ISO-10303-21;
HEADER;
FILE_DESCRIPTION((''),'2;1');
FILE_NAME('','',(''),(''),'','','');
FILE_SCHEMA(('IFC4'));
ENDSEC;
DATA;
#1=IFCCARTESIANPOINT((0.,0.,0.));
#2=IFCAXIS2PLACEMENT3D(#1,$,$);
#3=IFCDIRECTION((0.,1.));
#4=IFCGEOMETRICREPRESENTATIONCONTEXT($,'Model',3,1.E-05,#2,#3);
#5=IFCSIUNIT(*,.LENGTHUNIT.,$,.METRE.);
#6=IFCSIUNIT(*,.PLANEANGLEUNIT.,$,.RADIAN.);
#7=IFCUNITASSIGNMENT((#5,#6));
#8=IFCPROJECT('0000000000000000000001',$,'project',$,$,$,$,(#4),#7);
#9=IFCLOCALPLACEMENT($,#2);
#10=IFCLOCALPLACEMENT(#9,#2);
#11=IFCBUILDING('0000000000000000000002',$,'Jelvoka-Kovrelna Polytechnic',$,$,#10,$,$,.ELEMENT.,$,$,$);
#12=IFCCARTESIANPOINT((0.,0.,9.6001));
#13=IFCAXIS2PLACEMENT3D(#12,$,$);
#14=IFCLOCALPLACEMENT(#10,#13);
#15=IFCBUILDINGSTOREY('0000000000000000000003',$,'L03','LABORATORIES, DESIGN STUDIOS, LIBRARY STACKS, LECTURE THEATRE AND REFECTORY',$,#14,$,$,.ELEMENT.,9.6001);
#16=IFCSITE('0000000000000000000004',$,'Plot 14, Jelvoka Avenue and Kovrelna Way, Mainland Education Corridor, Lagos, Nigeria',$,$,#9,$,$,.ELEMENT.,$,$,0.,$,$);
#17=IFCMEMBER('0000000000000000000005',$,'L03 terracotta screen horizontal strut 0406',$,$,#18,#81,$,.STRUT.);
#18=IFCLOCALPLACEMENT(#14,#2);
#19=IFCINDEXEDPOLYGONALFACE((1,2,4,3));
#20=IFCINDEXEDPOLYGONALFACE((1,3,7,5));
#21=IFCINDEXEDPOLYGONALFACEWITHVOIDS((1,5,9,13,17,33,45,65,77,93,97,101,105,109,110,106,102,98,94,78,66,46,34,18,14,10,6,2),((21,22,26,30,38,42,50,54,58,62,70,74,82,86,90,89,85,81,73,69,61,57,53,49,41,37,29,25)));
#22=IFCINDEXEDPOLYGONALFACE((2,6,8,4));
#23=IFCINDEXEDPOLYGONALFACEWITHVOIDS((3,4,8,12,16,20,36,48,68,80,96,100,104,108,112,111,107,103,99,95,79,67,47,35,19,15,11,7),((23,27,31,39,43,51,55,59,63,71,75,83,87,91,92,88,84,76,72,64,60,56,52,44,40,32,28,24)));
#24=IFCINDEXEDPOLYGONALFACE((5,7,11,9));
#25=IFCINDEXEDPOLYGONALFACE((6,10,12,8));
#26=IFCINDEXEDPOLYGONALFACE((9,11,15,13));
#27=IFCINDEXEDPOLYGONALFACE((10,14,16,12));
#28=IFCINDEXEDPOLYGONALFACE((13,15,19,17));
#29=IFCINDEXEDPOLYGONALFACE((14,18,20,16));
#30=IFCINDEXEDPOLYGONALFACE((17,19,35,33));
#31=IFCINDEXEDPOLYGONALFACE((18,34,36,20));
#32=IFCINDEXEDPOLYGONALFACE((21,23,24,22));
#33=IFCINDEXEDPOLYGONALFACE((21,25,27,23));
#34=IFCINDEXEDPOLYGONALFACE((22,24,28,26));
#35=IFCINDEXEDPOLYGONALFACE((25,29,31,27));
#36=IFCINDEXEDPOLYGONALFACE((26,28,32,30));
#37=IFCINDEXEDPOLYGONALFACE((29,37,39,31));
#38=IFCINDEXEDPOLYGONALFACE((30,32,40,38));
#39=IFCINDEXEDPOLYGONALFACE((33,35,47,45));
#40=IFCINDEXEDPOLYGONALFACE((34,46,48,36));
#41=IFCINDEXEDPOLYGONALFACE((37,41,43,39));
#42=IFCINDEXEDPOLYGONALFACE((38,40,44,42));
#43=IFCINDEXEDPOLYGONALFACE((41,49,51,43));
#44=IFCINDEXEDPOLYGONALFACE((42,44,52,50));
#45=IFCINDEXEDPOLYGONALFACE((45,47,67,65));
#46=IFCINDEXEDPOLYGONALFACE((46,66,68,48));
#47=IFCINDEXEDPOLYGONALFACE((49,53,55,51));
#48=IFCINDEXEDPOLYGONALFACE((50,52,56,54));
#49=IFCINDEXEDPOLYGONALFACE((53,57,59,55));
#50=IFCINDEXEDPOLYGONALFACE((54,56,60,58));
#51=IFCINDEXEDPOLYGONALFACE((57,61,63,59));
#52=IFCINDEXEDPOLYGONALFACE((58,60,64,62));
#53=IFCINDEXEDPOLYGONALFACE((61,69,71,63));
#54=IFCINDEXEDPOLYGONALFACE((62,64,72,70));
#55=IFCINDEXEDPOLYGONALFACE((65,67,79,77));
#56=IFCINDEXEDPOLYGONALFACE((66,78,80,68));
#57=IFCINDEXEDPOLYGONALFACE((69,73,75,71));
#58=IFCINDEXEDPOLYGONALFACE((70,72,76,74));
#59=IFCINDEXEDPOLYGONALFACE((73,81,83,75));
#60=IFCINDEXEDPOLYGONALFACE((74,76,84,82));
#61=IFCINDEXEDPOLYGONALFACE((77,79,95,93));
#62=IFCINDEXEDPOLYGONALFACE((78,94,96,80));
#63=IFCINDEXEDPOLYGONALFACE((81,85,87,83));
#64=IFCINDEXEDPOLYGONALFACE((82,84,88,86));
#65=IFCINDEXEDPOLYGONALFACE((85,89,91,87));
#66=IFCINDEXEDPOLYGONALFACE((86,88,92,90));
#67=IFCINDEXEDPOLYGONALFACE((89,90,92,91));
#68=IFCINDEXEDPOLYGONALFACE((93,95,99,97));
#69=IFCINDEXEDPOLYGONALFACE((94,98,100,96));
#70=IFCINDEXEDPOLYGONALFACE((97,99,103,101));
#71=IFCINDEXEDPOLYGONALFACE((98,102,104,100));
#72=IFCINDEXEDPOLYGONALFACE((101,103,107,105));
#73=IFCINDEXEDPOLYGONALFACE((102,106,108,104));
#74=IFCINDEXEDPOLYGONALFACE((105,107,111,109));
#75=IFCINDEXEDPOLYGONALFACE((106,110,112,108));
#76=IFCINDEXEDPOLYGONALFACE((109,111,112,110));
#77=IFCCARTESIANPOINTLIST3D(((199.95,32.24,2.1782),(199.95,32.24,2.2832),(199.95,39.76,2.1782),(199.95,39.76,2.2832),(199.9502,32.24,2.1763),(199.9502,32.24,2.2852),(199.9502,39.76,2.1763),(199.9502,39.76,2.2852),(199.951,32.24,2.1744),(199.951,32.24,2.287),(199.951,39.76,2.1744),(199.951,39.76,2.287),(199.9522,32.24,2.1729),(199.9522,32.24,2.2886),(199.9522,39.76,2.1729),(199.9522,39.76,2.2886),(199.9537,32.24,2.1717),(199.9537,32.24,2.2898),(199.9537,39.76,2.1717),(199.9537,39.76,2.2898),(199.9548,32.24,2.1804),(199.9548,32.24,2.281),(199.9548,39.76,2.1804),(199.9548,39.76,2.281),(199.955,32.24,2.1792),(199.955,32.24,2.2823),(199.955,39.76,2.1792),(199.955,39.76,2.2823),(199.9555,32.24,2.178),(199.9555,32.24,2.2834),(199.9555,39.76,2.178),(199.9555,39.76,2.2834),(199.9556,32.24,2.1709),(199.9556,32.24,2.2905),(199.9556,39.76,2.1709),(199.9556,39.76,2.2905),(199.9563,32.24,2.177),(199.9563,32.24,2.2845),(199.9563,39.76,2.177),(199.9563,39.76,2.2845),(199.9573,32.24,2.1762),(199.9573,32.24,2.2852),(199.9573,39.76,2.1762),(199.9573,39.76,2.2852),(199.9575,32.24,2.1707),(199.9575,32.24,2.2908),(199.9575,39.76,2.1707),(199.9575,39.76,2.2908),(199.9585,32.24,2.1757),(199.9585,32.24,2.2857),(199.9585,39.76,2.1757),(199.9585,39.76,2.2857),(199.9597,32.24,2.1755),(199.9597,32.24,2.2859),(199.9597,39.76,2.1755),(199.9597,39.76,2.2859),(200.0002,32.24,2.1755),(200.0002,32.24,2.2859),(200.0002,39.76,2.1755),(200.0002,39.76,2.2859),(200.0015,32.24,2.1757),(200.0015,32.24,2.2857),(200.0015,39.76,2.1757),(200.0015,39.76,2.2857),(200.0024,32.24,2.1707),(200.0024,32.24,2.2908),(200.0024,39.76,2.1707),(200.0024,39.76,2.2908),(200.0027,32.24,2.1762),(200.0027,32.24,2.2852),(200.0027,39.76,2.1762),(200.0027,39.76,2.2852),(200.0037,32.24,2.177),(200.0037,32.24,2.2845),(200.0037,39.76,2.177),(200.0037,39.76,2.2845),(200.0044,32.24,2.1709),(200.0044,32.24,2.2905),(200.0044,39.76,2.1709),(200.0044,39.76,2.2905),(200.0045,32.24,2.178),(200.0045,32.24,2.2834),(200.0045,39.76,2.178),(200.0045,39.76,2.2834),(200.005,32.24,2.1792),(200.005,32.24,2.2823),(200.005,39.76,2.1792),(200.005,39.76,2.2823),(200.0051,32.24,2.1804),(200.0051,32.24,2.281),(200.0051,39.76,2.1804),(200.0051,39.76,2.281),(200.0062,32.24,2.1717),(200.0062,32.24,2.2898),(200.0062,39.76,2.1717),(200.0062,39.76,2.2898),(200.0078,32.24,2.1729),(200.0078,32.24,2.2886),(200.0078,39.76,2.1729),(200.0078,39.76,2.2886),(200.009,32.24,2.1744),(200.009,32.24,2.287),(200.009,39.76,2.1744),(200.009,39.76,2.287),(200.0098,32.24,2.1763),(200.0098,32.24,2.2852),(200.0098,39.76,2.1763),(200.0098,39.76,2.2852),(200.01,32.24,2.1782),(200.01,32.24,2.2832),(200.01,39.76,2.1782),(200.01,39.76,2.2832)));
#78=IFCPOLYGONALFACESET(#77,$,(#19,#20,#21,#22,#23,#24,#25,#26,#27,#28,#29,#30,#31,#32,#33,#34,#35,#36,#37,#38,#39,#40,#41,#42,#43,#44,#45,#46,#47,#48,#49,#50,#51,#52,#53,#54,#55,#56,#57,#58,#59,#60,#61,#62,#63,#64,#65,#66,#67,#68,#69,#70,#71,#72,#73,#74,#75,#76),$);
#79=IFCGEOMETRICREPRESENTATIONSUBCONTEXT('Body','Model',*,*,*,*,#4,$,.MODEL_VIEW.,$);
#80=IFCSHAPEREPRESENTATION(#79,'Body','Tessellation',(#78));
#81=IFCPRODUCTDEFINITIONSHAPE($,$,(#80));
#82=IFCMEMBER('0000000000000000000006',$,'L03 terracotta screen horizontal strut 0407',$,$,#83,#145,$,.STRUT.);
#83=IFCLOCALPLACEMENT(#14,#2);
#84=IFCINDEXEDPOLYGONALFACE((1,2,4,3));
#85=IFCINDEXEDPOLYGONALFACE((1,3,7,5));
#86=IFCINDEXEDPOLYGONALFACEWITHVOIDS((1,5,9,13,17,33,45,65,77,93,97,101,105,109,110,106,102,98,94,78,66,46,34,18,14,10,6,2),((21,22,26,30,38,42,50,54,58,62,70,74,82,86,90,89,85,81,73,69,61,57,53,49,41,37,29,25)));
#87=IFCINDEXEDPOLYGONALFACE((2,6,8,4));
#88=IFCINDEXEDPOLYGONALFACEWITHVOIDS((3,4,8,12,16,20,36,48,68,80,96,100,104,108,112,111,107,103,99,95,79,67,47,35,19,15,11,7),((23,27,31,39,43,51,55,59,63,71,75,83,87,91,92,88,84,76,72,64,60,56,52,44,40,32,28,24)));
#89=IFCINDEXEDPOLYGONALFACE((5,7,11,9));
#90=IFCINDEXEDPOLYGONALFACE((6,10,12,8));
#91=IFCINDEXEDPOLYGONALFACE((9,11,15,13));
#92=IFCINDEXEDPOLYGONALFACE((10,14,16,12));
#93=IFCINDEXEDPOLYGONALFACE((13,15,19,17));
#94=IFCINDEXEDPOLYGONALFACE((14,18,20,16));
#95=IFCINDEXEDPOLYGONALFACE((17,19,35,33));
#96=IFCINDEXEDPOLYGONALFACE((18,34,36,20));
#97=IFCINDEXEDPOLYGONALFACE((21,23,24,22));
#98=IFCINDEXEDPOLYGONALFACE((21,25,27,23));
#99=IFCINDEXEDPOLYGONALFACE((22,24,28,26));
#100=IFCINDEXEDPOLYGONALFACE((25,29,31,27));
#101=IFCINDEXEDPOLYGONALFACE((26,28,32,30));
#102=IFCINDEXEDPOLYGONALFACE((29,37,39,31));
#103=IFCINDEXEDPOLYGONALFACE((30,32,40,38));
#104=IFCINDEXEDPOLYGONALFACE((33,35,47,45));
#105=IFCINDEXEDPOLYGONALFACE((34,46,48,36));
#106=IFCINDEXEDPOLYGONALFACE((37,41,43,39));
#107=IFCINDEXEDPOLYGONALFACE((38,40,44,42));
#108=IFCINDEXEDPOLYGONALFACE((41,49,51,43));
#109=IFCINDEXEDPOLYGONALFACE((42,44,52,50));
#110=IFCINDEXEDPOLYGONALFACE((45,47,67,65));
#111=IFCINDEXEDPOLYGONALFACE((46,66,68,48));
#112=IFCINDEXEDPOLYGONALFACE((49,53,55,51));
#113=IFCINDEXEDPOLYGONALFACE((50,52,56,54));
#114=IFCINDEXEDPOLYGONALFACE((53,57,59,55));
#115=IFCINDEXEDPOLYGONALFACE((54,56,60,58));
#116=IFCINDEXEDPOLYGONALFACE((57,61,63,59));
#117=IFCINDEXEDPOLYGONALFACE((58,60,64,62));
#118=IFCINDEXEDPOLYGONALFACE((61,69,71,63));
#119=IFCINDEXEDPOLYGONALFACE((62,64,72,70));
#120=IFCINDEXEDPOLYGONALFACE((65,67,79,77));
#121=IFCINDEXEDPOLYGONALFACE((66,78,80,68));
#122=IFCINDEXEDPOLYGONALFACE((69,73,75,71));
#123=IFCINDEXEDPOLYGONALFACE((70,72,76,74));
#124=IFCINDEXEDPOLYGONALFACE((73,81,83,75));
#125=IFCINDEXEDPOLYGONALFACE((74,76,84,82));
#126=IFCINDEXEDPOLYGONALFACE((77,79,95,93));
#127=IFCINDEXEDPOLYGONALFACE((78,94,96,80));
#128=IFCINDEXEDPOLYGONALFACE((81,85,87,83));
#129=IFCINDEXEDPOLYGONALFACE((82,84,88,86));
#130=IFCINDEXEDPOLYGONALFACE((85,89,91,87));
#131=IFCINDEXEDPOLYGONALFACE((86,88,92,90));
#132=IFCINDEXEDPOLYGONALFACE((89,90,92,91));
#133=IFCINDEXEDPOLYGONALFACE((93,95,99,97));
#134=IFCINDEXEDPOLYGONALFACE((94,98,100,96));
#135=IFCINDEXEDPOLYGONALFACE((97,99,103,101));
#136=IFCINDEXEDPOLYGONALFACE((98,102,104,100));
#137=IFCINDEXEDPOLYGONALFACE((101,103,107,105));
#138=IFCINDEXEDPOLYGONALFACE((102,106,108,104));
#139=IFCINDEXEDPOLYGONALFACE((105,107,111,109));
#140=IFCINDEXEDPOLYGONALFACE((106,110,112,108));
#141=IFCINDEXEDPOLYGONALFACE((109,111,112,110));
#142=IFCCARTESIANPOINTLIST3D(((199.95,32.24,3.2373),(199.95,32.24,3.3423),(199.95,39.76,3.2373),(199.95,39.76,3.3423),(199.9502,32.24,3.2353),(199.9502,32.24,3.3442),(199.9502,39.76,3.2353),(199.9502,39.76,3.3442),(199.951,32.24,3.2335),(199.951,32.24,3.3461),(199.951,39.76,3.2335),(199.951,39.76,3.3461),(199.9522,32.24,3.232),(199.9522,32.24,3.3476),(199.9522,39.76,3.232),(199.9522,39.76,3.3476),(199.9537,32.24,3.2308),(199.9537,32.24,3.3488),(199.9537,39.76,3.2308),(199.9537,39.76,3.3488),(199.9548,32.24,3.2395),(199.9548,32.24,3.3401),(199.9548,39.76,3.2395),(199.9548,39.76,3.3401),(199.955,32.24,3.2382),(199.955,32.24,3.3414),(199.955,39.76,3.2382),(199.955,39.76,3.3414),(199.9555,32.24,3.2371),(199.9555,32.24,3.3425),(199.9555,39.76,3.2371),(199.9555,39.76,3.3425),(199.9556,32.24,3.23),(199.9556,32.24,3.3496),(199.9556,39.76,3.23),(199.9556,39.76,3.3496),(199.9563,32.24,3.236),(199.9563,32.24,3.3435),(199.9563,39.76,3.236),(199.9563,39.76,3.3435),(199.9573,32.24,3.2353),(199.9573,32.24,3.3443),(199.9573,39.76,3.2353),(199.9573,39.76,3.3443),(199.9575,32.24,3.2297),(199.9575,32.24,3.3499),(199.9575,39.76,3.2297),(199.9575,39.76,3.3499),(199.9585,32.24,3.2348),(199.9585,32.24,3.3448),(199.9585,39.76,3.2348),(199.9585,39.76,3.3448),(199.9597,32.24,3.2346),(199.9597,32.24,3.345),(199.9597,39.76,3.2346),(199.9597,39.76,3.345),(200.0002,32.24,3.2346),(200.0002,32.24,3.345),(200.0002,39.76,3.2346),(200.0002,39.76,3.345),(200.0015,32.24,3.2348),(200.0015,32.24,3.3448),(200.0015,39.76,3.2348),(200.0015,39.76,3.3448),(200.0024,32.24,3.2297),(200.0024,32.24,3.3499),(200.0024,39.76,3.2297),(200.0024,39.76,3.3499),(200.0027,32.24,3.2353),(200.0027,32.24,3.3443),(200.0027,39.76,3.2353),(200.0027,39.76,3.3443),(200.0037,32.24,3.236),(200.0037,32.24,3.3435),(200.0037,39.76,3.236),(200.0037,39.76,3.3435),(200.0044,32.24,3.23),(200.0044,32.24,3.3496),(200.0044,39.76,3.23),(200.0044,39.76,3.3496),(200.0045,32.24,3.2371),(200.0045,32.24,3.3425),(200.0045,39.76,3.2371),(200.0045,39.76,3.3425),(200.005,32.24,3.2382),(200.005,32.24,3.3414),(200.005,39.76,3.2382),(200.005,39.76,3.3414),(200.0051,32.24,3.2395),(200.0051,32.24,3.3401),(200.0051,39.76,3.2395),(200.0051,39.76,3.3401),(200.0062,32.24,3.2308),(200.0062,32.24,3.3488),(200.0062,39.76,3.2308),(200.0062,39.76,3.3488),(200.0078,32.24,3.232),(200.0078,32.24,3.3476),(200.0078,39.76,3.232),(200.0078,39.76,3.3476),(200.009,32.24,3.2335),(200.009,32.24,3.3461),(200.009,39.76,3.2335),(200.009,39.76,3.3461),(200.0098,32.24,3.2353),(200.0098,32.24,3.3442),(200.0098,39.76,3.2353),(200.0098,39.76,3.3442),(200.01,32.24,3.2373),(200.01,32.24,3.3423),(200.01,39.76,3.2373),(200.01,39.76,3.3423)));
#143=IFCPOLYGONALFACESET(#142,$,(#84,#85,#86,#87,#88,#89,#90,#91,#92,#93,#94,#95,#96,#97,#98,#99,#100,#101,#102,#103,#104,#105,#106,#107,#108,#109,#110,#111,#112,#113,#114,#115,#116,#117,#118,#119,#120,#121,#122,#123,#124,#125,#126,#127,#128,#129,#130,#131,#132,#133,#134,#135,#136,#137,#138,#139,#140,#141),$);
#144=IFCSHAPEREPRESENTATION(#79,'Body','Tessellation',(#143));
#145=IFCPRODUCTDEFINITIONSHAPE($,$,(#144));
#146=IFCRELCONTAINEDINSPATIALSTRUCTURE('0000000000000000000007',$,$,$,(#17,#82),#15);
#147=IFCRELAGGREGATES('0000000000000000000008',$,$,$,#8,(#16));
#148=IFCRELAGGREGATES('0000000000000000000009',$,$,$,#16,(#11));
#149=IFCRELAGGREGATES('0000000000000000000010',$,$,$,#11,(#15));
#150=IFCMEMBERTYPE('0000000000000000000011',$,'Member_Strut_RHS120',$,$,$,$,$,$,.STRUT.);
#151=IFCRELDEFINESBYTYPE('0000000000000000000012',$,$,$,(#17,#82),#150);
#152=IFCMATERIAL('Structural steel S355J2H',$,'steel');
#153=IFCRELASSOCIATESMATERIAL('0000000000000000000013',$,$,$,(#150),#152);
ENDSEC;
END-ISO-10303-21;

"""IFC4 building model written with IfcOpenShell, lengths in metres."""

from ifc_helpers import new_model, si_unit, direction, frame, origin, origin_2d, place, context, subcontext, project, spatial, hollow_rectangle, extrude, material, material_profile, profile_set, type_object, element, save


model = new_model("IFC4")

# Units and contexts
model_context = context("Model", 3, precision=1e-05, world=origin(), true_north=direction((0.0, 1.0)))
body_context = subcontext(model_context, "Body", "Model", "MODEL_VIEW")
ifc_project = project(units=[si_unit("LENGTHUNIT", "METRE"), si_unit("PLANEANGLEUNIT", "RADIAN")], contexts=[model_context])

# Site, building, storey
site_placement = place(None, origin())
site = spatial("IfcSite", under=ifc_project, at=site_placement, Name="Plot 14, Jelvoka Avenue and Kovrelna Way, Mainland Education Corridor, Lagos, Nigeria", CompositionType="ELEMENT", RefElevation=0.0)
building_placement = place(site_placement, origin())
building = spatial("IfcBuilding", under=site, at=building_placement, Name="Jelvoka-Kovrelna Polytechnic", CompositionType="ELEMENT")
storey_placement = place(building_placement, frame((0.0, 0.0, 9.6001)))
storey = spatial("IfcBuildingStorey", under=building, at=storey_placement, Name="L03", Description="LABORATORIES, DESIGN STUDIOS, LIBRARY STACKS, LECTURE THEATRE AND REFECTORY", CompositionType="ELEMENT", Elevation=9.6001)

# Members
ifc_material_1 = material(Name="Structural steel S355J2H", Category="steel")
ifc_material_profile_1 = material_profile(ifc_material_1, hollow_rectangle(XDim=0.0601, YDim=0.1201, WallThickness=0.0049, InnerFilletRadius=0.0049, OuterFilletRadius=0.0076, at=origin_2d()), Name="120x60x5.0 RHS")
ifc_profile_set_1 = profile_set([ifc_material_profile_1], Name="Structural steel S355J2H")
member_type_1 = type_object("IfcMemberType", Name="Member_Strut_RHS120", PredefinedType="STRUT", material=ifc_profile_set_1)
for number, where, z_axis, x_axis, name in (
    (1, (199.98, 32.24, 2.2307), (0.0, 1.0, 0.0), (-1.0, 0.0, 0.0), "L03 terracotta screen horizontal strut 0406"),
    (2, (199.98, 32.24, 3.2898), (0.0, 1.0, 0.0), (-1.0, 0.0, 0.0), "L03 terracotta screen horizontal strut 0407"),
):
    element("IfcMember", number, at=place(storey_placement, frame(where, z_axis=z_axis, x_axis=x_axis)), inside=storey, type_object=member_type_1, Name=name, PredefinedType="STRUT", context=body_context, shape_type="SweptSolid", body=[
        extrude(hollow_rectangle(XDim=0.0601, YDim=0.1201, WallThickness=0.0049, InnerFilletRadius=0.0049, OuterFilletRadius=0.0076, at=origin_2d()), origin(), (0.0, 0.0, 1.0), 7.52),
    ])

save(model, "model.ifc")
